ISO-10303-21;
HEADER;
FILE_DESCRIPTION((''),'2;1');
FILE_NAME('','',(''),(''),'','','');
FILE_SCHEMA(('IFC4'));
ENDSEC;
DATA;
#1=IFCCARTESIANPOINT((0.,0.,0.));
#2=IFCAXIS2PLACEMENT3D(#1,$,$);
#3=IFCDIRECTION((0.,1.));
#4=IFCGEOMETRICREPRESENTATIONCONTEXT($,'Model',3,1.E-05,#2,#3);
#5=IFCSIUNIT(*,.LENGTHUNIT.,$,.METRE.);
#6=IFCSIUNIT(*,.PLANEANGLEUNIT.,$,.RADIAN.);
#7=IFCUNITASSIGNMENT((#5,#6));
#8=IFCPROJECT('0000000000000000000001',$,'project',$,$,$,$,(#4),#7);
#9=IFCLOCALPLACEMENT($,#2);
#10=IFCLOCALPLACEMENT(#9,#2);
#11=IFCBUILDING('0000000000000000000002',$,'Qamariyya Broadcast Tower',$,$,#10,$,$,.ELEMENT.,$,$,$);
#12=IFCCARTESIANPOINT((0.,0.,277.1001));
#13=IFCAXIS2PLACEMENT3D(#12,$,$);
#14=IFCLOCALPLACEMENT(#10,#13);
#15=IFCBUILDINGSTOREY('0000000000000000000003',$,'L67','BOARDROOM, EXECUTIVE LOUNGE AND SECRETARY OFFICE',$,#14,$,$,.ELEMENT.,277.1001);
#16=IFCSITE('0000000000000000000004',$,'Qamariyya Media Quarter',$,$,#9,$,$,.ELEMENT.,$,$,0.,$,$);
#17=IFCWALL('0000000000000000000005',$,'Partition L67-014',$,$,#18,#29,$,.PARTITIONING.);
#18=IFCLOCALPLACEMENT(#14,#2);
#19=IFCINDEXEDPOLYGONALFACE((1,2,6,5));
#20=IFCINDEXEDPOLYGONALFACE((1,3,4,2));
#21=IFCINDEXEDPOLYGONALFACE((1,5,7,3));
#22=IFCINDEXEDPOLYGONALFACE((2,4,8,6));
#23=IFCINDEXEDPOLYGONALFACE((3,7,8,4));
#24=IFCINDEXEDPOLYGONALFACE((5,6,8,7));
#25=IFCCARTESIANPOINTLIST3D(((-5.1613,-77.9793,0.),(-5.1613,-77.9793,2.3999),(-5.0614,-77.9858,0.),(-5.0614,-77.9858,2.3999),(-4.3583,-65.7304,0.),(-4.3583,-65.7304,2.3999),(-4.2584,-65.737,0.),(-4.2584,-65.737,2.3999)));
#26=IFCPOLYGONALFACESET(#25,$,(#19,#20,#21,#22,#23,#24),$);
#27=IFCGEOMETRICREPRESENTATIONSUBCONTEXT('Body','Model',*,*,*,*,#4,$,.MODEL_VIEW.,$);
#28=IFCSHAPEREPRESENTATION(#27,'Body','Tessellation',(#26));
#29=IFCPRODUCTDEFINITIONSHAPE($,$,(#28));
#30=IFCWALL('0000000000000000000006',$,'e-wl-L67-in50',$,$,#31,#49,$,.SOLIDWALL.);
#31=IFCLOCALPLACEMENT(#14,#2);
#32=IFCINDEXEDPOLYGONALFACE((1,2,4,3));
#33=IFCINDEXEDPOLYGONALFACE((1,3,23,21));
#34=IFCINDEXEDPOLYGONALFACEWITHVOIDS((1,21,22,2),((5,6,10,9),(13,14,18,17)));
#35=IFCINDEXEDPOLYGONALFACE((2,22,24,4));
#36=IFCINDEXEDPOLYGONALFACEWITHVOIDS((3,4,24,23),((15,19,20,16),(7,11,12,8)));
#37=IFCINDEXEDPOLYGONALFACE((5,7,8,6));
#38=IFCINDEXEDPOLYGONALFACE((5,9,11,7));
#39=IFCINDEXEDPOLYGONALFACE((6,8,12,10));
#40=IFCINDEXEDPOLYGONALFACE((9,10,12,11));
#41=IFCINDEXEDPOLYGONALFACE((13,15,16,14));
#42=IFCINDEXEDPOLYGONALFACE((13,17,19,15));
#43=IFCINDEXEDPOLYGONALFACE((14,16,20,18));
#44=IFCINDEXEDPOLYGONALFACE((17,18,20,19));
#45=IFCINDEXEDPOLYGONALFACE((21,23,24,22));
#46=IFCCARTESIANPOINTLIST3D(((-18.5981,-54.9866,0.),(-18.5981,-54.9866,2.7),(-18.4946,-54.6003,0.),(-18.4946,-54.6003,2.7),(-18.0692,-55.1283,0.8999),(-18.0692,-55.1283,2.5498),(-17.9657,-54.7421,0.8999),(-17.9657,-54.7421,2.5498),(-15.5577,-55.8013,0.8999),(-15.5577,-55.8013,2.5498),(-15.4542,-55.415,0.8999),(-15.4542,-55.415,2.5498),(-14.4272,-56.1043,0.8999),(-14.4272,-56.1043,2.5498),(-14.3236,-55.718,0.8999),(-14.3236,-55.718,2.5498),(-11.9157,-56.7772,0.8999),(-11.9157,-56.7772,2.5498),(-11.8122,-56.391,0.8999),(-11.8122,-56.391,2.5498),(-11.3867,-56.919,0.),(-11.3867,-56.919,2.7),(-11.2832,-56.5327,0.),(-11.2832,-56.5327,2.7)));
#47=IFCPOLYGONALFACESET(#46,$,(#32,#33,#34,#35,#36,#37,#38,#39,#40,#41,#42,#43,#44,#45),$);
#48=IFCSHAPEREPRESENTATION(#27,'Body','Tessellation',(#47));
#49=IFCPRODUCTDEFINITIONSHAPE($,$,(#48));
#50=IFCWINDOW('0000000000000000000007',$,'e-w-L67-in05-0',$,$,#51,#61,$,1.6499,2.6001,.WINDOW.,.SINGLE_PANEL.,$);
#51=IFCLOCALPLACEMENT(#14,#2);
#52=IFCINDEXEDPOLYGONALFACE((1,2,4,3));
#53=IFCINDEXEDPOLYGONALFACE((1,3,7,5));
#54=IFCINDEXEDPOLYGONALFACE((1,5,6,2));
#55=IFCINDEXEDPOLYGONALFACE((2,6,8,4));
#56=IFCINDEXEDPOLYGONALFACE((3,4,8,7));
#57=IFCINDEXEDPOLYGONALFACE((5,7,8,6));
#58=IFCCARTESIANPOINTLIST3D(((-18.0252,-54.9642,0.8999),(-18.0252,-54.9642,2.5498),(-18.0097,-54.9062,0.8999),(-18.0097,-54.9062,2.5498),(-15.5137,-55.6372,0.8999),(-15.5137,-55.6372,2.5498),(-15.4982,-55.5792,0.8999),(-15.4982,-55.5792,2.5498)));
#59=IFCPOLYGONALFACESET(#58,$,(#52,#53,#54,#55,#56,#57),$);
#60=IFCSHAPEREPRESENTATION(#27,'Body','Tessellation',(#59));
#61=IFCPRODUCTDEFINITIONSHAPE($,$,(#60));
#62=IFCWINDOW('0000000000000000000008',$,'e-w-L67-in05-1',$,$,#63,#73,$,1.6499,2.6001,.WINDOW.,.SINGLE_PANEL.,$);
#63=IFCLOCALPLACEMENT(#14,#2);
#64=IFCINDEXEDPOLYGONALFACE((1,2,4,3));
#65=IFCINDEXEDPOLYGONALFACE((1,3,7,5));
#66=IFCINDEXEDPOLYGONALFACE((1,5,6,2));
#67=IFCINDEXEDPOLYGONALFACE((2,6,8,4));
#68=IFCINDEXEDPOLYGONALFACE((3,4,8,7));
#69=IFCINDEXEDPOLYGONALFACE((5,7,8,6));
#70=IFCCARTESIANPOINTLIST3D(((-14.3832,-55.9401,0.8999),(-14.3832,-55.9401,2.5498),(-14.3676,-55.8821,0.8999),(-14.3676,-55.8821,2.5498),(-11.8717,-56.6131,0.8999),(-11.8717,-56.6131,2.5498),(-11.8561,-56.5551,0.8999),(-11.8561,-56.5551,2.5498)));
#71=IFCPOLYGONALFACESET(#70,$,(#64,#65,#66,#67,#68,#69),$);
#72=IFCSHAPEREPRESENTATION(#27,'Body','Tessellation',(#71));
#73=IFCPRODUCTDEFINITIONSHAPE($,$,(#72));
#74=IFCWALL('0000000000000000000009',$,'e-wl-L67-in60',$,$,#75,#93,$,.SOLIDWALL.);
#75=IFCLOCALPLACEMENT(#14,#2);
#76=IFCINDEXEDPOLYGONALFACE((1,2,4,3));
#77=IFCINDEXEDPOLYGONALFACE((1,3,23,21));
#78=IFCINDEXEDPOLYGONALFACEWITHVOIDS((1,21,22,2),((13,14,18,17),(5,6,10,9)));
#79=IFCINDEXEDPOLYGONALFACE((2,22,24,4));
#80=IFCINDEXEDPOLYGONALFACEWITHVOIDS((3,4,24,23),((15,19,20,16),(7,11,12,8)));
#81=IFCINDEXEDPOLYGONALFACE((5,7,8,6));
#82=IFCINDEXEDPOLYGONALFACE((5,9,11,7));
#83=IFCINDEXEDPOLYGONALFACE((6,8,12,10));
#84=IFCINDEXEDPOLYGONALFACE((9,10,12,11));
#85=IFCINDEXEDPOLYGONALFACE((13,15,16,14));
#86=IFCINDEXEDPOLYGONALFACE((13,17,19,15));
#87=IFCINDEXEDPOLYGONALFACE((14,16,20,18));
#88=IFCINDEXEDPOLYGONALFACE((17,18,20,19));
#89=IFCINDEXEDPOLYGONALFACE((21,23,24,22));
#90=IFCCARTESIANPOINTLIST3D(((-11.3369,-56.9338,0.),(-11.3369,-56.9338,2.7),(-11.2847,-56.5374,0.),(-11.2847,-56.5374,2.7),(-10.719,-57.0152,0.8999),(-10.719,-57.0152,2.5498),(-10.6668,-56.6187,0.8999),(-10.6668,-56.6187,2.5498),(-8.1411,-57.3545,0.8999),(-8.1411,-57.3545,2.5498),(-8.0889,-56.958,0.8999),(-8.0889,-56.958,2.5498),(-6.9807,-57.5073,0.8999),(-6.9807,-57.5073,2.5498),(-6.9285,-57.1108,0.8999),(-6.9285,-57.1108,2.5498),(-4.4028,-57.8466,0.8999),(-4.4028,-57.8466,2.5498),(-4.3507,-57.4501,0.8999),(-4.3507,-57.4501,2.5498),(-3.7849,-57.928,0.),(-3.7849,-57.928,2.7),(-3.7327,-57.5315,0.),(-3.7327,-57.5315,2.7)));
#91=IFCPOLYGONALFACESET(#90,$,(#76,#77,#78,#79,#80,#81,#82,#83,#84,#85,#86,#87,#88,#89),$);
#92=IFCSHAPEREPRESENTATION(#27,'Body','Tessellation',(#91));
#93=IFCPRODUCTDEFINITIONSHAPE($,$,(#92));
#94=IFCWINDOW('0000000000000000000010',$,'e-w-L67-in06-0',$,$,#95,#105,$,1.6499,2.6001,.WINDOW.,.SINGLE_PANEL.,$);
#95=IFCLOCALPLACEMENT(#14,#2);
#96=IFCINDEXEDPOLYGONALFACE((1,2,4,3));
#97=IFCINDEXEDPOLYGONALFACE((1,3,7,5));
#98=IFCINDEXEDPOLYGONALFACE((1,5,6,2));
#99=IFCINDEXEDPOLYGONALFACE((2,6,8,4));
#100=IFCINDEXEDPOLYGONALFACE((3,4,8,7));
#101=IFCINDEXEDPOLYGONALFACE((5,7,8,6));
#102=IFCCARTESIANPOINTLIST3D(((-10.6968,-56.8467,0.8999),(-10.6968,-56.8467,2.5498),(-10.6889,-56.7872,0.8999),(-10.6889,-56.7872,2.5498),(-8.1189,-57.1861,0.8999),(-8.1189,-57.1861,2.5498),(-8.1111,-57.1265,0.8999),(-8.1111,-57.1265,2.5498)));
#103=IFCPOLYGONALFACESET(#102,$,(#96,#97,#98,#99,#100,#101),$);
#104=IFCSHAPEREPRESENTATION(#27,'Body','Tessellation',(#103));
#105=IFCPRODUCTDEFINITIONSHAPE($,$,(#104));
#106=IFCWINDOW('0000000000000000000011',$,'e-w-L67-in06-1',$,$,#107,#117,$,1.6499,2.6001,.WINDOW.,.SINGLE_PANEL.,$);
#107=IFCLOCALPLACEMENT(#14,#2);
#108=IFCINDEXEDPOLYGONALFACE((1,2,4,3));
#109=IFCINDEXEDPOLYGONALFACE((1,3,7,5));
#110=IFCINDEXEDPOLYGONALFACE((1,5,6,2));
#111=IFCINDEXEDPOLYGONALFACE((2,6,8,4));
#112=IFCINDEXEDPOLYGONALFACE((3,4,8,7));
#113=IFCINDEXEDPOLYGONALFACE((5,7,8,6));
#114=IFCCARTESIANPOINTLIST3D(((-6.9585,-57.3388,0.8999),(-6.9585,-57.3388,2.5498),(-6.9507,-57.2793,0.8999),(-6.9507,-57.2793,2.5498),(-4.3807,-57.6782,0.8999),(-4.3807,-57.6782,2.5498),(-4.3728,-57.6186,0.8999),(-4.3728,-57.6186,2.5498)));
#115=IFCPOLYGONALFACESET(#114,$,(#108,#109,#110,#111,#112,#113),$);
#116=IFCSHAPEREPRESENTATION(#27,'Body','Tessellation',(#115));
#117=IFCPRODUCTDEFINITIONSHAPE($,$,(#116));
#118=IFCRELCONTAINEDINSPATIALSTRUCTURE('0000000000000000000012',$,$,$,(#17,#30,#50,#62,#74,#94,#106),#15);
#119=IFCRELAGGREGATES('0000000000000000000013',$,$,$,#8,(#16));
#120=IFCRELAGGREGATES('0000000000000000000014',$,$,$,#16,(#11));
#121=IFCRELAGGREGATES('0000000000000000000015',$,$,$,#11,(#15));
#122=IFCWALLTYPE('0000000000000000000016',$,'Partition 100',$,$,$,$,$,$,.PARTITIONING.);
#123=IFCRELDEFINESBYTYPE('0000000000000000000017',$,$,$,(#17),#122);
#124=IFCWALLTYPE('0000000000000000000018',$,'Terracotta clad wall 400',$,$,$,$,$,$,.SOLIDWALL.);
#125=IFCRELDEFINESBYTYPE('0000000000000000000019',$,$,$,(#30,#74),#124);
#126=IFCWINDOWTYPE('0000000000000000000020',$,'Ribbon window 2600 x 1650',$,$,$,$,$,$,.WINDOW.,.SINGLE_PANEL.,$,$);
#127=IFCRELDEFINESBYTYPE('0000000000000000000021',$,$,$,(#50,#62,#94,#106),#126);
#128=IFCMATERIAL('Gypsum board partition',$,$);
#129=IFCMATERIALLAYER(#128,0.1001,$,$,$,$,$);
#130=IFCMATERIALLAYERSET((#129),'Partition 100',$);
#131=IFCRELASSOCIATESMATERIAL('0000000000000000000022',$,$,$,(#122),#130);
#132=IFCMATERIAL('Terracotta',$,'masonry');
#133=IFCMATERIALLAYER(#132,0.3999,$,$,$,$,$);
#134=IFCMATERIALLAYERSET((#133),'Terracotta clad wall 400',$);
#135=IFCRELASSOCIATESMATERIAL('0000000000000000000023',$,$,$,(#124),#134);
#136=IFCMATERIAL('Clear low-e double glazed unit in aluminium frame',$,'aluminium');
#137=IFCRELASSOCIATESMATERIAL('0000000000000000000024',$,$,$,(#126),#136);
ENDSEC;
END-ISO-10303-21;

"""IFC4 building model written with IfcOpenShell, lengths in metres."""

from ifc_helpers import new_model, si_unit, direction, frame, frame_2d, origin, place, context, subcontext, project, spatial, rectangle, extrude, material, layer, layer_set, type_object, element, fill, save


model = new_model("IFC4")

# Units and contexts
model_context = context("Model", 3, precision=1e-05, world=origin(), true_north=direction((0.0, 1.0)))
body_context = subcontext(model_context, "Body", "Model", "MODEL_VIEW")
ifc_project = project(units=[si_unit("LENGTHUNIT", "METRE"), si_unit("PLANEANGLEUNIT", "RADIAN")], contexts=[model_context])

# Site, building, storey
site_placement = place(None, origin())
site = spatial("IfcSite", under=ifc_project, at=site_placement, Name="Qamariyya Media Quarter", CompositionType="ELEMENT", RefElevation=0.0)
building_placement = place(site_placement, origin())
building = spatial("IfcBuilding", under=site, at=building_placement, Name="Qamariyya Broadcast Tower", CompositionType="ELEMENT")
storey_placement = place(building_placement, frame((0.0, 0.0, 277.1001)))
storey = spatial("IfcBuildingStorey", under=building, at=storey_placement, Name="L67", Description="BOARDROOM, EXECUTIVE LOUNGE AND SECRETARY OFFICE", CompositionType="ELEMENT", Elevation=277.1001)

# Shared definitions
ifc_material_1 = material(Name="Gypsum board partition")

# Wall
ifc_layer_1 = layer(ifc_material_1, 0.1001)
ifc_layer_set_1 = layer_set([ifc_layer_1], Name="Partition 100")
wall_type_1 = type_object("IfcWallType", Name="Partition 100", PredefinedType="PARTITIONING", material=ifc_layer_set_1)
wall_1_placement = place(storey_placement, frame((-5.1113, -77.9827, 0.0), z_axis=(0.0, 0.0, 1.0), x_axis=(0.065415, 0.997858, 0.0)))
element("IfcWall", 1, at=wall_1_placement, inside=storey, type_object=wall_type_1, Name="Partition L67-014", PredefinedType="PARTITIONING", context=body_context, shape_type="SweptSolid", body=[
    extrude(rectangle(XDim=12.2751, YDim=0.1001, at=frame_2d((6.1377, 0.0))), origin(), (0.0, 0.0, 1.0), 2.3999),
])

# Walls, openings, windows
ifc_material_2 = material(Name="Terracotta", Category="masonry")
ifc_layer_2 = layer(ifc_material_2, 0.3999)
ifc_layer_set_2 = layer_set([ifc_layer_2], Name="Terracotta clad wall 400")
wall_type_2 = type_object("IfcWallType", Name="Terracotta clad wall 400", PredefinedType="SOLIDWALL", material=ifc_layer_set_2)
wall_2_placement = place(storey_placement, frame((-11.335, -56.7258, 0.0), z_axis=(0.0, 0.0, 1.0), x_axis=(-0.965923, 0.258829, 0.0)))
wall_2 = element("IfcWall", 2, at=wall_2_placement, inside=storey, type_object=wall_type_2, Name="e-wl-L67-in50", PredefinedType="SOLIDWALL", context=body_context, shape_type="SweptSolid", body=[
    extrude(rectangle(XDim=7.4658, YDim=0.3999, at=frame_2d((3.7329, 0.0))), origin(), (0.0, 0.0, 1.0), 2.7),
])
opening_1_placement = place(wall_2_placement, frame((4.3181, 0.0, 0.8999)))
opening_1 = element("IfcOpeningElement", 3, at=opening_1_placement, cuts=wall_2, PredefinedType="OPENING", context=body_context, shape_type="SweptSolid", body=[
    extrude(rectangle(XDim=2.6001, YDim=1.6499, at=frame_2d((1.3, 0.825))), frame((0.0, 0.21, 0.0), z_axis=(0.0, -1.0, 0.0), x_axis=(1.0, 0.0, 0.0)), (0.0, 0.0, 1.0), 0.4199),
])
opening_2_placement = place(wall_2_placement, frame((0.5476, 0.0, 0.8999)))
opening_2 = element("IfcOpeningElement", 4, at=opening_2_placement, cuts=wall_2, PredefinedType="OPENING", context=body_context, shape_type="SweptSolid", body=[
    extrude(rectangle(XDim=2.6001, YDim=1.6499, at=frame_2d((1.3, 0.825))), frame((0.0, 0.21, 0.0), z_axis=(0.0, -1.0, 0.0), x_axis=(1.0, 0.0, 0.0)), (0.0, 0.0, 1.0), 0.4199),
])
ifc_material_3 = material(Name="Clear low-e double glazed unit in aluminium frame", Category="aluminium")
window_type = type_object("IfcWindowType", Name="Ribbon window 2600 x 1650", PartitioningType="SINGLE_PANEL", PredefinedType="WINDOW", material=ifc_material_3)
window_1_placement = place(opening_1_placement, origin())
window_1 = element("IfcWindow", 5, at=window_1_placement, inside=storey, type_object=window_type, Name="e-w-L67-in05-0", OverallHeight=1.6499, OverallWidth=2.6001, PartitioningType="SINGLE_PANEL", PredefinedType="WINDOW", context=body_context, shape_type="SweptSolid", body=[
    extrude(rectangle(XDim=2.6001, YDim=1.6499, at=frame_2d((1.3, 0.825))), frame((0.0, 0.03, 0.0), z_axis=(0.0, -1.0, 0.0), x_axis=(1.0, 0.0, 0.0)), (0.0, 0.0, 1.0), 0.0601),
])
fill(opening_1, window_1)
window_2_placement = place(opening_2_placement, origin())
window_2 = element("IfcWindow", 6, at=window_2_placement, inside=storey, type_object=window_type, Name="e-w-L67-in05-1", OverallHeight=1.6499, OverallWidth=2.6001, PartitioningType="SINGLE_PANEL", PredefinedType="WINDOW", context=body_context, shape_type="SweptSolid", body=[
    extrude(rectangle(XDim=2.6001, YDim=1.6499, at=frame_2d((1.3, 0.825))), frame((0.0, 0.03, 0.0), z_axis=(0.0, -1.0, 0.0), x_axis=(1.0, 0.0, 0.0)), (0.0, 0.0, 1.0), 0.0601),
])
fill(opening_2, window_2)
wall_3_placement = place(storey_placement, frame((-3.7588, -57.7297, 0.0), z_axis=(0.0, 0.0, 1.0), x_axis=(-0.991447, 0.130513, 0.0)))
wall_3 = element("IfcWall", 7, at=wall_3_placement, inside=storey, type_object=wall_type_2, Name="e-wl-L67-in60", PredefinedType="SOLIDWALL", context=body_context, shape_type="SweptSolid", body=[
    extrude(rectangle(XDim=7.6172, YDim=0.3999, at=frame_2d((3.8086, 0.0))), origin(), (0.0, 0.0, 1.0), 2.7),
])
opening_3_placement = place(wall_3_placement, frame((4.3938, 0.0, 0.8999)))
opening_3 = element("IfcOpeningElement", 8, at=opening_3_placement, cuts=wall_3, PredefinedType="OPENING", context=body_context, shape_type="SweptSolid", body=[
    extrude(rectangle(XDim=2.6001, YDim=1.6499, at=frame_2d((1.3, 0.825))), frame((0.0, 0.21, 0.0), z_axis=(0.0, -1.0, 0.0), x_axis=(1.0, 0.0, 0.0)), (0.0, 0.0, 1.0), 0.4199),
])
opening_4_placement = place(wall_3_placement, frame((0.6233, 0.0, 0.8999)))
opening_4 = element("IfcOpeningElement", 9, at=opening_4_placement, cuts=wall_3, PredefinedType="OPENING", context=body_context, shape_type="SweptSolid", body=[
    extrude(rectangle(XDim=2.6001, YDim=1.6499, at=frame_2d((1.3, 0.825))), frame((0.0, 0.21, 0.0), z_axis=(0.0, -1.0, 0.0), x_axis=(1.0, 0.0, 0.0)), (0.0, 0.0, 1.0), 0.4199),
])
window_3_placement = place(opening_3_placement, origin())
window_3 = element("IfcWindow", 10, at=window_3_placement, inside=storey, type_object=window_type, Name="e-w-L67-in06-0", OverallHeight=1.6499, OverallWidth=2.6001, PartitioningType="SINGLE_PANEL", PredefinedType="WINDOW", context=body_context, shape_type="SweptSolid", body=[
    extrude(rectangle(XDim=2.6001, YDim=1.6499, at=frame_2d((1.3, 0.825))), frame((0.0, 0.03, 0.0), z_axis=(0.0, -1.0, 0.0), x_axis=(1.0, 0.0, 0.0)), (0.0, 0.0, 1.0), 0.0601),
])
fill(opening_3, window_3)
window_4_placement = place(opening_4_placement, origin())
window_4 = element("IfcWindow", 11, at=window_4_placement, inside=storey, type_object=window_type, Name="e-w-L67-in06-1", OverallHeight=1.6499, OverallWidth=2.6001, PartitioningType="SINGLE_PANEL", PredefinedType="WINDOW", context=body_context, shape_type="SweptSolid", body=[
    extrude(rectangle(XDim=2.6001, YDim=1.6499, at=frame_2d((1.3, 0.825))), frame((0.0, 0.03, 0.0), z_axis=(0.0, -1.0, 0.0), x_axis=(1.0, 0.0, 0.0)), (0.0, 0.0, 1.0), 0.0601),
])
fill(opening_4, window_4)

save(model, "model.ifc")
